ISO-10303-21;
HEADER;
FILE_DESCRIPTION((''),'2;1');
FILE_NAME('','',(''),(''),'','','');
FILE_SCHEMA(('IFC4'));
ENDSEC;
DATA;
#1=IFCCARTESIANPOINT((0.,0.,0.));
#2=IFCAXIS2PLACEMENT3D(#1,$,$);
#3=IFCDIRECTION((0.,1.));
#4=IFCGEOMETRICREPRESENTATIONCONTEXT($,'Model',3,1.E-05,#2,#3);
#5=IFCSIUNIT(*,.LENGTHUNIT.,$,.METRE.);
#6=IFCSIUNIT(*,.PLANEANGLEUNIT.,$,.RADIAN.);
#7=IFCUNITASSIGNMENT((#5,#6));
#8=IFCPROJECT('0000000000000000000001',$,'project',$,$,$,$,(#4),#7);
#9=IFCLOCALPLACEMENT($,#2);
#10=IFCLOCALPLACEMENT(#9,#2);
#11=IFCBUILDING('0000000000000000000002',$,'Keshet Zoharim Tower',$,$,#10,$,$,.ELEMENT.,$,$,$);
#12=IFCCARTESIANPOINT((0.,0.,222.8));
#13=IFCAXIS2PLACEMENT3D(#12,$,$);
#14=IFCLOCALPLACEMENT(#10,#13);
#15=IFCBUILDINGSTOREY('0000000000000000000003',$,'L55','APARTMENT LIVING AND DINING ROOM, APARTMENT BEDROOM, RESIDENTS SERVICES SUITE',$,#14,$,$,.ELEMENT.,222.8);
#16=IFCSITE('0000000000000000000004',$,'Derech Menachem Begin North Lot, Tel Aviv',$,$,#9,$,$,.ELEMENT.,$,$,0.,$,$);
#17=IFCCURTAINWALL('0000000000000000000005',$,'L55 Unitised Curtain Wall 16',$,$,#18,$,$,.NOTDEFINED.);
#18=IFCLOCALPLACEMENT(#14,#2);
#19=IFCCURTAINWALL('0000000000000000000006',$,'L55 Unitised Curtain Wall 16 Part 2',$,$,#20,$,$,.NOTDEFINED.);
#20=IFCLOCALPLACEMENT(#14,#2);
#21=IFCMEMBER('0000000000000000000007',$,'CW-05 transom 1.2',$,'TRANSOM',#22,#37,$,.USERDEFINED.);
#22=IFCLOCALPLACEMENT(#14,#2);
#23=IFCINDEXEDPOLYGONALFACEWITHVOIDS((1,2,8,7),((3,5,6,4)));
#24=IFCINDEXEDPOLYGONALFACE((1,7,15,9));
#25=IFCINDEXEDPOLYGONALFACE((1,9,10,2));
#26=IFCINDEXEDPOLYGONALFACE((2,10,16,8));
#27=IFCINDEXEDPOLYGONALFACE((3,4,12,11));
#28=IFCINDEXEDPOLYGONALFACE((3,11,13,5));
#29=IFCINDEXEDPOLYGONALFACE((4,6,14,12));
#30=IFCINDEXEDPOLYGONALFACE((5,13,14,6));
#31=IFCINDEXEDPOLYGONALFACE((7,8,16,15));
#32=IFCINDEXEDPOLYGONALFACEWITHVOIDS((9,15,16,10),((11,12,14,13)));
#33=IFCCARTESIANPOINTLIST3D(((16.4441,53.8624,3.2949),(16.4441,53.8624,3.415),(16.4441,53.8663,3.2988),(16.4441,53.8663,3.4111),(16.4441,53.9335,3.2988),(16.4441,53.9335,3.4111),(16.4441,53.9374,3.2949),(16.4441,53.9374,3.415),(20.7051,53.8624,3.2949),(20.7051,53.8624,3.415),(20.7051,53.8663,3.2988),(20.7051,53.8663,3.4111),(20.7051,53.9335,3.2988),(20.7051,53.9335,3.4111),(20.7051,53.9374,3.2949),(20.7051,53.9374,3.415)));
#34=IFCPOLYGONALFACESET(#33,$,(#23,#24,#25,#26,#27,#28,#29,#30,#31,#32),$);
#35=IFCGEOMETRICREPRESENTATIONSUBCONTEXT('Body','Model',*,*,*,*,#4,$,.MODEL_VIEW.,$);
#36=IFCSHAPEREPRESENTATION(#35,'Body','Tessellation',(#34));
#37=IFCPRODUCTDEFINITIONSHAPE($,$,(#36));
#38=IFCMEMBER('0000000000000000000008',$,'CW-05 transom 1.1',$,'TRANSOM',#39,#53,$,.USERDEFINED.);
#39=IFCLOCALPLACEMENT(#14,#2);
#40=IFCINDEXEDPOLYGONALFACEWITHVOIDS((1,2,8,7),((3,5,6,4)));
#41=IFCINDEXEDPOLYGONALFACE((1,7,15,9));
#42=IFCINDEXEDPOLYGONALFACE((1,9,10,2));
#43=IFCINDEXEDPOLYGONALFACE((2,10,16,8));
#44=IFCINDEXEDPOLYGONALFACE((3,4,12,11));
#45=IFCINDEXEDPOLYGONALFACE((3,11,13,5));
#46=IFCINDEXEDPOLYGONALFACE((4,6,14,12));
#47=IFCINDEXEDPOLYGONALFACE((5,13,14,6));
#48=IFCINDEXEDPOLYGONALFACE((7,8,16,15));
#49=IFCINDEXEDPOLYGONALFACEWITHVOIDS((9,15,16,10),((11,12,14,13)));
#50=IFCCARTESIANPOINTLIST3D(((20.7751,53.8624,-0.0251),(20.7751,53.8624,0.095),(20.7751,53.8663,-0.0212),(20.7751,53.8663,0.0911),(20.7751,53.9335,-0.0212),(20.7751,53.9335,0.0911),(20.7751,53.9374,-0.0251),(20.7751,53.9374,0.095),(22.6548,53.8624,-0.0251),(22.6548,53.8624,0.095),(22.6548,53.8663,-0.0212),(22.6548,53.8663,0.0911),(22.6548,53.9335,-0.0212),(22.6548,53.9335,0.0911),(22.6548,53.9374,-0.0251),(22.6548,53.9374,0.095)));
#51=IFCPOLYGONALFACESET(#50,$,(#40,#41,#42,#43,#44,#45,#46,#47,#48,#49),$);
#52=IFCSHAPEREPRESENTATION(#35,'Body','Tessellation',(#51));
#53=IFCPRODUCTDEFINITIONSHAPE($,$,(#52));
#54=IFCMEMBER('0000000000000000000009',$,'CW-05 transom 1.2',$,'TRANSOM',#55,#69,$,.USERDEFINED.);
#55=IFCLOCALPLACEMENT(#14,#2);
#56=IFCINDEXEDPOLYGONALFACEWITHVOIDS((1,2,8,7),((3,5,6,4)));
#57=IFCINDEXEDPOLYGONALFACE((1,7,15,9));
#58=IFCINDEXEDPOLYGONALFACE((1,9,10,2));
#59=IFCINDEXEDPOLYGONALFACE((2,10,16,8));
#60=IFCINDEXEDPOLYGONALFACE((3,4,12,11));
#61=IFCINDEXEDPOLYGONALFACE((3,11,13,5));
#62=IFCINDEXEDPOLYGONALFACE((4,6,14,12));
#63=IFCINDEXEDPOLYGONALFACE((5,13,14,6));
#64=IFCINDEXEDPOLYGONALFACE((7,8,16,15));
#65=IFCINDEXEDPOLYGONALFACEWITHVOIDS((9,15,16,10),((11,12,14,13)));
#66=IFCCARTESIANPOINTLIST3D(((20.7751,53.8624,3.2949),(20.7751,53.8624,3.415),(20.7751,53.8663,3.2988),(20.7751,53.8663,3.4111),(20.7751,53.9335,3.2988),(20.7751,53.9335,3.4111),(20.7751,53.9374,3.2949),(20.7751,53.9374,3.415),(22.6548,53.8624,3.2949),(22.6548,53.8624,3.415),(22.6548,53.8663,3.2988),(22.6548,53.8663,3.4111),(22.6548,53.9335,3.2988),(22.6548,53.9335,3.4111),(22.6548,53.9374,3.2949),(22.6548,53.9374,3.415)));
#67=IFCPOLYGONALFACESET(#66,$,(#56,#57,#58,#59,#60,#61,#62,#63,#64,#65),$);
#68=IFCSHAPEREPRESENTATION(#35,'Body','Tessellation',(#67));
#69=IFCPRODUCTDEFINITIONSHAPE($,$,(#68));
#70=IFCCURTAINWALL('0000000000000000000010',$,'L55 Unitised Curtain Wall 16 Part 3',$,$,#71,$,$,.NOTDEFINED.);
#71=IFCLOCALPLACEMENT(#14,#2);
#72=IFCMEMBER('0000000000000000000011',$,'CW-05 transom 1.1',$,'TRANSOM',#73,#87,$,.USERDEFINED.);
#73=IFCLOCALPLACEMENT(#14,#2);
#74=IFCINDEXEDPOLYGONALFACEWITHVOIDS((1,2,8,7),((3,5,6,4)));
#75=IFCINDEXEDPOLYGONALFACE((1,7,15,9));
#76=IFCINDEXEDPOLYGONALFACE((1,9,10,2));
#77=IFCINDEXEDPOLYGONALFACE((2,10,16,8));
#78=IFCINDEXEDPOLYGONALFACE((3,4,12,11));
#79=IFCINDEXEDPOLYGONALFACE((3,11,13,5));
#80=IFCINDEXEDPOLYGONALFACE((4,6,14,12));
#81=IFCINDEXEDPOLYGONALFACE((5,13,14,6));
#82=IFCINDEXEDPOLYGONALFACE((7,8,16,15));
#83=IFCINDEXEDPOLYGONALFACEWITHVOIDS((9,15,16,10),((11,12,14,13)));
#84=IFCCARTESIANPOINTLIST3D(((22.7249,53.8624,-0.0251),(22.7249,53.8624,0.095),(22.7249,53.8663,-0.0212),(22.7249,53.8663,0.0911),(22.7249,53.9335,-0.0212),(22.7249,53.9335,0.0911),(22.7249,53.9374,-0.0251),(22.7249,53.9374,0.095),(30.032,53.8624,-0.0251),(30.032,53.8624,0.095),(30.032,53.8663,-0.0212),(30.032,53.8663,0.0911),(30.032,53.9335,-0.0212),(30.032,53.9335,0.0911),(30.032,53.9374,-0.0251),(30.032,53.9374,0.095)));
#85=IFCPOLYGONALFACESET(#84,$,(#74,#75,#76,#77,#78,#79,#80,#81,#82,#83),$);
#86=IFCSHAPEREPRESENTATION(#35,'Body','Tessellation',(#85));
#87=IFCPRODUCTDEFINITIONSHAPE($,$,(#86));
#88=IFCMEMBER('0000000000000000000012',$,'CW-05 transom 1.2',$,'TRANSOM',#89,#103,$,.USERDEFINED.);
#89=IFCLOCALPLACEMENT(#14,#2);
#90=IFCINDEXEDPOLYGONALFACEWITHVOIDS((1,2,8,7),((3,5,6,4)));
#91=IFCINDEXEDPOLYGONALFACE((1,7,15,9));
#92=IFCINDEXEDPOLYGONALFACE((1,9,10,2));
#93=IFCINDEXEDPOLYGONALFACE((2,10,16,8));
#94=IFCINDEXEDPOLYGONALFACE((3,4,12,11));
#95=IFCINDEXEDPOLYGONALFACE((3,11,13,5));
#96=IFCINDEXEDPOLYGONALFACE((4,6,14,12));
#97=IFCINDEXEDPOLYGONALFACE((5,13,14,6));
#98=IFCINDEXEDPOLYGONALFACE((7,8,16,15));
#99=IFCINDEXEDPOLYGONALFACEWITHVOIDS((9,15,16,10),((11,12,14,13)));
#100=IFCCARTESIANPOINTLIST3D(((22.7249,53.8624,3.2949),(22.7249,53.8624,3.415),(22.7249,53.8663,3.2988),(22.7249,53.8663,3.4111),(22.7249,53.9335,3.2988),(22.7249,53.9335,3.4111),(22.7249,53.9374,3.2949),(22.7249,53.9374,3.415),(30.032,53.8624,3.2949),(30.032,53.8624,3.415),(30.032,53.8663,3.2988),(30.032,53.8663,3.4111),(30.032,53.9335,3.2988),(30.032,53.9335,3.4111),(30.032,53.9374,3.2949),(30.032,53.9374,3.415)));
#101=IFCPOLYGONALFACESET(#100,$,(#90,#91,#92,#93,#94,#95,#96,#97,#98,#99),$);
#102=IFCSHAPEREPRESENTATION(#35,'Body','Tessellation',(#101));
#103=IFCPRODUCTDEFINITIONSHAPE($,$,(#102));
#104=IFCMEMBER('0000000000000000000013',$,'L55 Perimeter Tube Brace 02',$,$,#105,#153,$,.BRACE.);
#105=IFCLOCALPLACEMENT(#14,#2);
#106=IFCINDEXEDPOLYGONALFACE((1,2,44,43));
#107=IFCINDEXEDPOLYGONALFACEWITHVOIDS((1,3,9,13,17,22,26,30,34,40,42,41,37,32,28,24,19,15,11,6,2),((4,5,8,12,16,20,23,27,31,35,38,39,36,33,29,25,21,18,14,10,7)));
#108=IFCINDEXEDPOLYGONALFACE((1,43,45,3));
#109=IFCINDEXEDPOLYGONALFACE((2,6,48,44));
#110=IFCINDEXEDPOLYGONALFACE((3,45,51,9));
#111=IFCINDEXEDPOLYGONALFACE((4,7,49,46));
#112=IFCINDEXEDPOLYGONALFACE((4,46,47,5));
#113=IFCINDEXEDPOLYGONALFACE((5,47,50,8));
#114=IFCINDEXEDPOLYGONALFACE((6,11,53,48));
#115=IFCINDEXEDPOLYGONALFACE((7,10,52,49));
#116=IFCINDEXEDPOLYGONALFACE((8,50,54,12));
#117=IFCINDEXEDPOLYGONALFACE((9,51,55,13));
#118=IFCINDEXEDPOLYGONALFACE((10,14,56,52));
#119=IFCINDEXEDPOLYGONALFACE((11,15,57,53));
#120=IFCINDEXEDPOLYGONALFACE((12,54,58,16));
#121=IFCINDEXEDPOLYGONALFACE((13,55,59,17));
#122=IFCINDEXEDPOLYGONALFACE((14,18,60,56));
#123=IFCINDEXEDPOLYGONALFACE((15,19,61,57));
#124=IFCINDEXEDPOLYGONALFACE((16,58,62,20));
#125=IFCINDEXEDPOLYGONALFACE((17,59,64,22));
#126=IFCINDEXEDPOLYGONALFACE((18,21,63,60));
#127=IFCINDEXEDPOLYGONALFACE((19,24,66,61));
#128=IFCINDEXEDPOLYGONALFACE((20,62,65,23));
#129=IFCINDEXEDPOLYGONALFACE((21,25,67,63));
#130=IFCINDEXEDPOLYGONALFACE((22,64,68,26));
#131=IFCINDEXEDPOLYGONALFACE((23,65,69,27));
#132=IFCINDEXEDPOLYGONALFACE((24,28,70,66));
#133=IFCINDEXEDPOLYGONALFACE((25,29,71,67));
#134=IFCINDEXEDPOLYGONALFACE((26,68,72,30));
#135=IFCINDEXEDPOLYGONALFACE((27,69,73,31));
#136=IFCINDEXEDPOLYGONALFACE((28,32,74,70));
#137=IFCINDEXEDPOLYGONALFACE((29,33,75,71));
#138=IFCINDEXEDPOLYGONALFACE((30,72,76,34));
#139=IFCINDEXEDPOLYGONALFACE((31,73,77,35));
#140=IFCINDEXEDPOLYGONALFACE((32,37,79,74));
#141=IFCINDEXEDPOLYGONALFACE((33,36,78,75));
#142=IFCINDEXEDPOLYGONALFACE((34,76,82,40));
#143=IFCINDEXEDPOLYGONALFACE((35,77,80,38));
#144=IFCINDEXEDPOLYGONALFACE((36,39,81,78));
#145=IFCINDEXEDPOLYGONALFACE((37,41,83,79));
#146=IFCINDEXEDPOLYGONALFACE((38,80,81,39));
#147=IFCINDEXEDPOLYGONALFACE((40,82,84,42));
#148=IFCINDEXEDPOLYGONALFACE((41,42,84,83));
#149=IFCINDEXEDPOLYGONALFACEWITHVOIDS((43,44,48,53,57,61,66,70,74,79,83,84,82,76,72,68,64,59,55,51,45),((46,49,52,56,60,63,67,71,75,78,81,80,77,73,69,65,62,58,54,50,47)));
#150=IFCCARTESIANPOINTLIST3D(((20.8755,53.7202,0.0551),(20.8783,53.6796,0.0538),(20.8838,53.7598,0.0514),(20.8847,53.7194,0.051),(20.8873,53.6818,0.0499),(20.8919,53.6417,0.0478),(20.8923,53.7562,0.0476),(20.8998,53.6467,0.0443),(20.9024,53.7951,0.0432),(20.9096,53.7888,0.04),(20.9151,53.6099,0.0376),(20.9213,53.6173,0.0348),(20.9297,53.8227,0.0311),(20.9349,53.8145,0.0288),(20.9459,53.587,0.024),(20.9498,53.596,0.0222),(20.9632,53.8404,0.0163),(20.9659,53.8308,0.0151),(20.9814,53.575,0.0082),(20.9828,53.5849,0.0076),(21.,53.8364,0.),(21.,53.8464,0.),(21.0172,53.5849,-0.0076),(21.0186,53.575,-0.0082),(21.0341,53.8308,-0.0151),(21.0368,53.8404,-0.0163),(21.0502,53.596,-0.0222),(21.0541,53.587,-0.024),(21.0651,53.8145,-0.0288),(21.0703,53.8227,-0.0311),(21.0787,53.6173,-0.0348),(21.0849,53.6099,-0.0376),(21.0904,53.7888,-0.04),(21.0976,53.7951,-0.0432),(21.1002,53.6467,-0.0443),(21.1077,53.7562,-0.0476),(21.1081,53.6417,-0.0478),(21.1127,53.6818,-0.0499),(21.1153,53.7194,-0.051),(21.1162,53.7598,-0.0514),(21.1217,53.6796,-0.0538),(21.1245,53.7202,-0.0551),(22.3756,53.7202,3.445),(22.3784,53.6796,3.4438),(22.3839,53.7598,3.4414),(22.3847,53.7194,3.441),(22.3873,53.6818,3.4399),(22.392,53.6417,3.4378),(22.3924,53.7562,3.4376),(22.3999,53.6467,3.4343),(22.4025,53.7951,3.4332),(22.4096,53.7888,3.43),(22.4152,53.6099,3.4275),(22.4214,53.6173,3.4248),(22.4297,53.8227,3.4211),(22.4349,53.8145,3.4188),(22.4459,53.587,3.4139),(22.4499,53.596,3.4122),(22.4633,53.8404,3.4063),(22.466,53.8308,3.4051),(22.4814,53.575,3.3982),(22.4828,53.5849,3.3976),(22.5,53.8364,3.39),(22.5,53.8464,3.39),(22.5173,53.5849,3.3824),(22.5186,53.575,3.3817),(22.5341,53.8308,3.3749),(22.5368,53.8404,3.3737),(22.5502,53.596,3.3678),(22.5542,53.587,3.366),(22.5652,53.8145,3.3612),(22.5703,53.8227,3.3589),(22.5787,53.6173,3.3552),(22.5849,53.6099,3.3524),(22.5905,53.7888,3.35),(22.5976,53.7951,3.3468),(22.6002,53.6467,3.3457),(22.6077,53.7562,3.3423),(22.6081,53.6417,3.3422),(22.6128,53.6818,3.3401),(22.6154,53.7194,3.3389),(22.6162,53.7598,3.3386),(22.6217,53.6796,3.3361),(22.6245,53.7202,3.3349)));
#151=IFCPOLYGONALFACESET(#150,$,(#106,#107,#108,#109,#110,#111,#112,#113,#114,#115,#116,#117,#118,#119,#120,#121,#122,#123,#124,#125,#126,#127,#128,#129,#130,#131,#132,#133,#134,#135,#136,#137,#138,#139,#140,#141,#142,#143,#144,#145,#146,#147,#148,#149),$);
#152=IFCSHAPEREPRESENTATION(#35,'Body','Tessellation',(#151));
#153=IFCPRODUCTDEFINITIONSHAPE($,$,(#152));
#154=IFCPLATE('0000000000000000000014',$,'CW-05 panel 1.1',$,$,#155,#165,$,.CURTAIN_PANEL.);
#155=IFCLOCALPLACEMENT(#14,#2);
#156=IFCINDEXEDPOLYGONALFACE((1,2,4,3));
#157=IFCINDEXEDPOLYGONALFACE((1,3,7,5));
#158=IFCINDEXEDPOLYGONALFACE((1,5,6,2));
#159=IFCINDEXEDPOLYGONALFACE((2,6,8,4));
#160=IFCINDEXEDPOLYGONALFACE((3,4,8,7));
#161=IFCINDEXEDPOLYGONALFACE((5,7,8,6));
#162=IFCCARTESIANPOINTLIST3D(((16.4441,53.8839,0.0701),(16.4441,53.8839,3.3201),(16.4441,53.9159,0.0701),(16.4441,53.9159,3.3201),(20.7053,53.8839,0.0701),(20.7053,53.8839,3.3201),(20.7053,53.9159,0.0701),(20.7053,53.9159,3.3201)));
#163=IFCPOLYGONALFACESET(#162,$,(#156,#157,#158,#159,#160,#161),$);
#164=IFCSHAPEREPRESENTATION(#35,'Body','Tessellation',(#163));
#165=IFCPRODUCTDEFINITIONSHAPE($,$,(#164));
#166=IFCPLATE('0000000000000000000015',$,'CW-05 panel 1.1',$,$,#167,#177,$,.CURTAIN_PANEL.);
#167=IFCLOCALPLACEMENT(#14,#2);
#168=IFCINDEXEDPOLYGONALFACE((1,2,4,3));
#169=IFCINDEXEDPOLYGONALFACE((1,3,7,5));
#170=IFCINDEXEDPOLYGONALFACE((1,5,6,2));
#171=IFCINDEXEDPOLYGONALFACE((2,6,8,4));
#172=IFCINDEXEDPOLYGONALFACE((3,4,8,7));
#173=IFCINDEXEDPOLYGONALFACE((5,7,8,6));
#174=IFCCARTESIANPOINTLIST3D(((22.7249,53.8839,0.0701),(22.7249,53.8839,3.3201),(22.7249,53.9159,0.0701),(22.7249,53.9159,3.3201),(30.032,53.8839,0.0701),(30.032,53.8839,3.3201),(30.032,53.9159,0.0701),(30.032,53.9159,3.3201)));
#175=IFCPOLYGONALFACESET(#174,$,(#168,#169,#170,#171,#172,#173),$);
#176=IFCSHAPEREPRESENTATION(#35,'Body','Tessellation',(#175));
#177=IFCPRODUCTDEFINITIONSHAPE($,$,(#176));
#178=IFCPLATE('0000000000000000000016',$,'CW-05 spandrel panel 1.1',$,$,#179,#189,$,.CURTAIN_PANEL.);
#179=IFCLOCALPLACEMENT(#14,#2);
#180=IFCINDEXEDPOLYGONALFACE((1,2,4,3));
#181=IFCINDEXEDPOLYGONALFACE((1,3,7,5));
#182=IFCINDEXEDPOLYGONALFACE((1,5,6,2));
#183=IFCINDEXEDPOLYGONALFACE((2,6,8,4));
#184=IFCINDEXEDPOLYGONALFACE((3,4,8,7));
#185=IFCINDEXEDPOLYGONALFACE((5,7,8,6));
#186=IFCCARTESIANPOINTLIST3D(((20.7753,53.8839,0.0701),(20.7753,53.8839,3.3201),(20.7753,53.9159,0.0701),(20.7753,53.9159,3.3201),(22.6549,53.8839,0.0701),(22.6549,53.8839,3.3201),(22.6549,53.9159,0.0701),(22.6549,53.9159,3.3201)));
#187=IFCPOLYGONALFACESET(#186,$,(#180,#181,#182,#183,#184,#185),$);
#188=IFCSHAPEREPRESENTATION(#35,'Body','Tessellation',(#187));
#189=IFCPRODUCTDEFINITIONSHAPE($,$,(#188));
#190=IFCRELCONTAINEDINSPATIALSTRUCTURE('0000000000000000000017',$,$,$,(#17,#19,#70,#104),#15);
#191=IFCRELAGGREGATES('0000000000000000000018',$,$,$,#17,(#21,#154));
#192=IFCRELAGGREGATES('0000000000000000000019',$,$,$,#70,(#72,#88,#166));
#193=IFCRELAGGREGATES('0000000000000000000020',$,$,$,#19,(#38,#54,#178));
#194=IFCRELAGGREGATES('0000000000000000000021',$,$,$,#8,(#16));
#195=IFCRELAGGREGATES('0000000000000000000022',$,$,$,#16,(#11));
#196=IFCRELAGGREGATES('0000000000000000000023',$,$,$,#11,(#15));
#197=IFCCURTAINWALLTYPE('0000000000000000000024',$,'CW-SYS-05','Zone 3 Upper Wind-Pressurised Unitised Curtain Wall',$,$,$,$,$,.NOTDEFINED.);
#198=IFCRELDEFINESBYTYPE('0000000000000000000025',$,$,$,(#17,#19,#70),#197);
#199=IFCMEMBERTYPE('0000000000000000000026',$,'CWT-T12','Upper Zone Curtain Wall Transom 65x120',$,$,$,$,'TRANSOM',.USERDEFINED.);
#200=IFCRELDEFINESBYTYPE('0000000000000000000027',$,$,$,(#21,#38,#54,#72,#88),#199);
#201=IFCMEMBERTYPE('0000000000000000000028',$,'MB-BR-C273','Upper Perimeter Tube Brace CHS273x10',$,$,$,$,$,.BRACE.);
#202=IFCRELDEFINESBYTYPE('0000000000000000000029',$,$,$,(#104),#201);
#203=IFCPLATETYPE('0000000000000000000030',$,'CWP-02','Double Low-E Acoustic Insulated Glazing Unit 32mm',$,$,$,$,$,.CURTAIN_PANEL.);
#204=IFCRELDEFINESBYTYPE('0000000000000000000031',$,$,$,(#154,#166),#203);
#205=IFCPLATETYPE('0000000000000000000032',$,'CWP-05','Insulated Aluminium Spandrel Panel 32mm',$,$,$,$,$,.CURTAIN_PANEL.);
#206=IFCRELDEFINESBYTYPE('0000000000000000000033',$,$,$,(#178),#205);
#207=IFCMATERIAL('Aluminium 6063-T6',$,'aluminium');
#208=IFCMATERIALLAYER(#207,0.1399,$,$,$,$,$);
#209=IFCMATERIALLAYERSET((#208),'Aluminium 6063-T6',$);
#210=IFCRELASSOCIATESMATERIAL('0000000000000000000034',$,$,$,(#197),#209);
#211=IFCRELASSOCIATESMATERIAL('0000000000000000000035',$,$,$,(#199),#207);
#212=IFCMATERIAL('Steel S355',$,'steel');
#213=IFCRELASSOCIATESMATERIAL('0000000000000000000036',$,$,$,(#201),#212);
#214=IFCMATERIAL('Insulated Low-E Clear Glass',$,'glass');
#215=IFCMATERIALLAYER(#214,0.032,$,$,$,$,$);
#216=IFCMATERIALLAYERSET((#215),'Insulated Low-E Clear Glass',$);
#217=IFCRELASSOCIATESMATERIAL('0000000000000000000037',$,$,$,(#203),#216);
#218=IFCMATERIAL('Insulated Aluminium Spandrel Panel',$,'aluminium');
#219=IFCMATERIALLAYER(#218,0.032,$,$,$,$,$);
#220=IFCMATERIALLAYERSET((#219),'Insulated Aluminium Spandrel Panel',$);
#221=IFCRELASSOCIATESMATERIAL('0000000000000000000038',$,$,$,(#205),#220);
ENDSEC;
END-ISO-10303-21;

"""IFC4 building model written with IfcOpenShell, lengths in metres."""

from ifc_helpers import new_model, si_unit, direction, frame, origin, origin_2d, place, context, subcontext, project, spatial, rectangle, hollow_rectangle, hollow_circle, extrude, material, layer, layer_set, material_profile, profile_set, type_object, element, aggregate, save


model = new_model("IFC4")

# Units and contexts
model_context = context("Model", 3, precision=1e-05, world=origin(), true_north=direction((0.0, 1.0)))
body_context = subcontext(model_context, "Body", "Model", "MODEL_VIEW")
ifc_project = project(units=[si_unit("LENGTHUNIT", "METRE"), si_unit("PLANEANGLEUNIT", "RADIAN")], contexts=[model_context])

# Site, building, storey
site_placement = place(None, origin())
site = spatial("IfcSite", under=ifc_project, at=site_placement, Name="Derech Menachem Begin North Lot, Tel Aviv", CompositionType="ELEMENT", RefElevation=0.0)
building_placement = place(site_placement, origin())
building = spatial("IfcBuilding", under=site, at=building_placement, Name="Keshet Zoharim Tower", CompositionType="ELEMENT")
storey_placement = place(building_placement, frame((0.0, 0.0, 222.8)))
storey = spatial("IfcBuildingStorey", under=building, at=storey_placement, Name="L55", Description="APARTMENT LIVING AND DINING ROOM, APARTMENT BEDROOM, RESIDENTS SERVICES SUITE", CompositionType="ELEMENT", Elevation=222.8)

# Shared definitions
ifc_material_1 = material(Name="Steel S355", Category="steel")

# Curtain walls
ifc_material_2 = material(Name="Aluminium 6063-T6", Category="aluminium")
ifc_layer_1 = layer(ifc_material_2, 0.1399)
ifc_layer_set_1 = layer_set([ifc_layer_1], Name="Aluminium 6063-T6")
curtain_wall_type = type_object("IfcCurtainWallType", Name="CW-SYS-05", Description="Zone 3 Upper Wind-Pressurised Unitised Curtain Wall", PredefinedType="NOTDEFINED", material=ifc_layer_set_1)
curtain_wall_1_placement = place(storey_placement, origin())
curtain_wall_1 = element("IfcCurtainWall", 1, at=curtain_wall_1_placement, inside=storey, type_object=curtain_wall_type, Name="L55 Unitised Curtain Wall 16", PredefinedType="NOTDEFINED")
curtain_wall_2_placement = place(storey_placement, origin())
curtain_wall_2 = element("IfcCurtainWall", 2, at=curtain_wall_2_placement, inside=storey, type_object=curtain_wall_type, Name="L55 Unitised Curtain Wall 16 Part 2", PredefinedType="NOTDEFINED")

# Members
ifc_material_profile_1 = material_profile(ifc_material_2, hollow_rectangle(XDim=0.075, YDim=0.1201, WallThickness=0.0039, at=origin_2d()), Name="TRN-75x120")
ifc_profile_set_1 = profile_set([ifc_material_profile_1], Name="Aluminium 6063-T6")
member_type_1 = type_object("IfcMemberType", Name="CWT-T12", Description="Upper Zone Curtain Wall Transom 65x120", ElementType="TRANSOM", PredefinedType="USERDEFINED", material=ifc_profile_set_1)
member_1_placement = place(storey_placement, frame((16.4441, 53.8999, 3.355), z_axis=(1.0, 0.0, 0.0), x_axis=(0.0, 1.0, 0.0)))
member_1 = element("IfcMember", 3, at=member_1_placement, type_object=member_type_1, Name="CW-05 transom 1.2", ObjectType="TRANSOM", PredefinedType="USERDEFINED", context=body_context, shape_type="SweptSolid", body=[
    extrude(hollow_rectangle(XDim=0.075, YDim=0.1201, WallThickness=0.0039, at=origin_2d()), origin(), (0.0, 0.0, 1.0), 4.261),
])
member_2_placement = place(storey_placement, frame((20.7751, 53.8999, 0.0349), z_axis=(1.0, 0.0, 0.0), x_axis=(0.0, 1.0, 0.0)))
member_2 = element("IfcMember", 4, at=member_2_placement, type_object=member_type_1, Name="CW-05 transom 1.1", ObjectType="TRANSOM", PredefinedType="USERDEFINED", context=body_context, shape_type="SweptSolid", body=[
    extrude(hollow_rectangle(XDim=0.075, YDim=0.1201, WallThickness=0.0039, at=origin_2d()), origin(), (0.0, 0.0, 1.0), 1.8796),
])
member_3_placement = place(storey_placement, frame((20.7751, 53.8999, 3.355), z_axis=(1.0, 0.0, 0.0), x_axis=(0.0, 1.0, 0.0)))
member_3 = element("IfcMember", 5, at=member_3_placement, type_object=member_type_1, Name="CW-05 transom 1.2", ObjectType="TRANSOM", PredefinedType="USERDEFINED", context=body_context, shape_type="SweptSolid", body=[
    extrude(hollow_rectangle(XDim=0.075, YDim=0.1201, WallThickness=0.0039, at=origin_2d()), origin(), (0.0, 0.0, 1.0), 1.8796),
])

# Curtain wall, members
curtain_wall_3_placement = place(storey_placement, origin())
curtain_wall_3 = element("IfcCurtainWall", 6, at=curtain_wall_3_placement, inside=storey, type_object=curtain_wall_type, Name="L55 Unitised Curtain Wall 16 Part 3", PredefinedType="NOTDEFINED")
member_4_placement = place(storey_placement, frame((22.7249, 53.8999, 0.0349), z_axis=(1.0, 0.0, 0.0), x_axis=(0.0, 1.0, 0.0)))
member_4 = element("IfcMember", 7, at=member_4_placement, type_object=member_type_1, Name="CW-05 transom 1.1", ObjectType="TRANSOM", PredefinedType="USERDEFINED", context=body_context, shape_type="SweptSolid", body=[
    extrude(hollow_rectangle(XDim=0.075, YDim=0.1201, WallThickness=0.0039, at=origin_2d()), origin(), (0.0, 0.0, 1.0), 7.3071),
])
member_5_placement = place(storey_placement, frame((22.7249, 53.8999, 3.355), z_axis=(1.0, 0.0, 0.0), x_axis=(0.0, 1.0, 0.0)))
member_5 = element("IfcMember", 8, at=member_5_placement, type_object=member_type_1, Name="CW-05 transom 1.2", ObjectType="TRANSOM", PredefinedType="USERDEFINED", context=body_context, shape_type="SweptSolid", body=[
    extrude(hollow_rectangle(XDim=0.075, YDim=0.1201, WallThickness=0.0039, at=origin_2d()), origin(), (0.0, 0.0, 1.0), 7.3071),
])

# Member
ifc_material_profile_2 = material_profile(ifc_material_1, hollow_circle(Radius=0.1365, WallThickness=0.01, at=origin_2d()), Name="CHS273x10")
ifc_profile_set_2 = profile_set([ifc_material_profile_2], Name="Steel S355")
member_type_2 = type_object("IfcMemberType", Name="MB-BR-C273", Description="Upper Perimeter Tube Brace CHS273x10", PredefinedType="BRACE", material=ifc_profile_set_2)
member_6_placement = place(storey_placement, frame((21.0, 53.71, 0.0), z_axis=(0.404647, 0.0, 0.914473), x_axis=(0.0, 1.0, 0.0)))
element("IfcMember", 9, at=member_6_placement, inside=storey, type_object=member_type_2, Name="L55 Perimeter Tube Brace 02", PredefinedType="BRACE", context=body_context, shape_type="SweptSolid", body=[
    extrude(hollow_circle(Radius=0.1365, WallThickness=0.01, at=origin_2d()), origin(), (0.0, 0.0, 1.0), 3.707),
])

# Plates
ifc_material_3 = material(Name="Insulated Low-E Clear Glass", Category="glass")
ifc_layer_2 = layer(ifc_material_3, 0.032)
ifc_layer_set_2 = layer_set([ifc_layer_2], Name="Insulated Low-E Clear Glass")
plate_type_1 = type_object("IfcPlateType", Name="CWP-02", Description="Double Low-E Acoustic Insulated Glazing Unit 32mm", PredefinedType="CURTAIN_PANEL", material=ifc_layer_set_2)
plate_1_placement = place(storey_placement, frame((18.5747, 53.8999, 0.0701), z_axis=(0.0, 0.0, 1.0), x_axis=(1.0, 0.0, 0.0)))
plate_1 = element("IfcPlate", 10, at=plate_1_placement, type_object=plate_type_1, Name="CW-05 panel 1.1", PredefinedType="CURTAIN_PANEL", context=body_context, shape_type="SweptSolid", body=[
    extrude(rectangle(XDim=4.2612, YDim=0.032, at=origin_2d()), origin(), (0.0, 0.0, 1.0), 3.25),
])
aggregate(curtain_wall_1, [member_1, plate_1])
plate_2_placement = place(storey_placement, frame((26.3784, 53.8999, 0.0701), z_axis=(0.0, 0.0, 1.0), x_axis=(1.0, 0.0, 0.0)))
plate_2 = element("IfcPlate", 11, at=plate_2_placement, type_object=plate_type_1, Name="CW-05 panel 1.1", PredefinedType="CURTAIN_PANEL", context=body_context, shape_type="SweptSolid", body=[
    extrude(rectangle(XDim=7.3071, YDim=0.032, at=origin_2d()), origin(), (0.0, 0.0, 1.0), 3.25),
])
aggregate(curtain_wall_3, [member_4, member_5, plate_2])
ifc_material_4 = material(Name="Insulated Aluminium Spandrel Panel", Category="aluminium")
ifc_layer_3 = layer(ifc_material_4, 0.032)
ifc_layer_set_3 = layer_set([ifc_layer_3], Name="Insulated Aluminium Spandrel Panel")
plate_type_2 = type_object("IfcPlateType", Name="CWP-05", Description="Insulated Aluminium Spandrel Panel 32mm", PredefinedType="CURTAIN_PANEL", material=ifc_layer_set_3)
plate_3_placement = place(storey_placement, frame((21.7151, 53.8999, 0.0701), z_axis=(0.0, 0.0, 1.0), x_axis=(1.0, 0.0, 0.0)))
plate_3 = element("IfcPlate", 12, at=plate_3_placement, type_object=plate_type_2, Name="CW-05 spandrel panel 1.1", PredefinedType="CURTAIN_PANEL", context=body_context, shape_type="SweptSolid", body=[
    extrude(rectangle(XDim=1.8796, YDim=0.032, at=origin_2d()), origin(), (0.0, 0.0, 1.0), 3.25),
])
aggregate(curtain_wall_2, [member_2, member_3, plate_3])

save(model, "model.ifc")
